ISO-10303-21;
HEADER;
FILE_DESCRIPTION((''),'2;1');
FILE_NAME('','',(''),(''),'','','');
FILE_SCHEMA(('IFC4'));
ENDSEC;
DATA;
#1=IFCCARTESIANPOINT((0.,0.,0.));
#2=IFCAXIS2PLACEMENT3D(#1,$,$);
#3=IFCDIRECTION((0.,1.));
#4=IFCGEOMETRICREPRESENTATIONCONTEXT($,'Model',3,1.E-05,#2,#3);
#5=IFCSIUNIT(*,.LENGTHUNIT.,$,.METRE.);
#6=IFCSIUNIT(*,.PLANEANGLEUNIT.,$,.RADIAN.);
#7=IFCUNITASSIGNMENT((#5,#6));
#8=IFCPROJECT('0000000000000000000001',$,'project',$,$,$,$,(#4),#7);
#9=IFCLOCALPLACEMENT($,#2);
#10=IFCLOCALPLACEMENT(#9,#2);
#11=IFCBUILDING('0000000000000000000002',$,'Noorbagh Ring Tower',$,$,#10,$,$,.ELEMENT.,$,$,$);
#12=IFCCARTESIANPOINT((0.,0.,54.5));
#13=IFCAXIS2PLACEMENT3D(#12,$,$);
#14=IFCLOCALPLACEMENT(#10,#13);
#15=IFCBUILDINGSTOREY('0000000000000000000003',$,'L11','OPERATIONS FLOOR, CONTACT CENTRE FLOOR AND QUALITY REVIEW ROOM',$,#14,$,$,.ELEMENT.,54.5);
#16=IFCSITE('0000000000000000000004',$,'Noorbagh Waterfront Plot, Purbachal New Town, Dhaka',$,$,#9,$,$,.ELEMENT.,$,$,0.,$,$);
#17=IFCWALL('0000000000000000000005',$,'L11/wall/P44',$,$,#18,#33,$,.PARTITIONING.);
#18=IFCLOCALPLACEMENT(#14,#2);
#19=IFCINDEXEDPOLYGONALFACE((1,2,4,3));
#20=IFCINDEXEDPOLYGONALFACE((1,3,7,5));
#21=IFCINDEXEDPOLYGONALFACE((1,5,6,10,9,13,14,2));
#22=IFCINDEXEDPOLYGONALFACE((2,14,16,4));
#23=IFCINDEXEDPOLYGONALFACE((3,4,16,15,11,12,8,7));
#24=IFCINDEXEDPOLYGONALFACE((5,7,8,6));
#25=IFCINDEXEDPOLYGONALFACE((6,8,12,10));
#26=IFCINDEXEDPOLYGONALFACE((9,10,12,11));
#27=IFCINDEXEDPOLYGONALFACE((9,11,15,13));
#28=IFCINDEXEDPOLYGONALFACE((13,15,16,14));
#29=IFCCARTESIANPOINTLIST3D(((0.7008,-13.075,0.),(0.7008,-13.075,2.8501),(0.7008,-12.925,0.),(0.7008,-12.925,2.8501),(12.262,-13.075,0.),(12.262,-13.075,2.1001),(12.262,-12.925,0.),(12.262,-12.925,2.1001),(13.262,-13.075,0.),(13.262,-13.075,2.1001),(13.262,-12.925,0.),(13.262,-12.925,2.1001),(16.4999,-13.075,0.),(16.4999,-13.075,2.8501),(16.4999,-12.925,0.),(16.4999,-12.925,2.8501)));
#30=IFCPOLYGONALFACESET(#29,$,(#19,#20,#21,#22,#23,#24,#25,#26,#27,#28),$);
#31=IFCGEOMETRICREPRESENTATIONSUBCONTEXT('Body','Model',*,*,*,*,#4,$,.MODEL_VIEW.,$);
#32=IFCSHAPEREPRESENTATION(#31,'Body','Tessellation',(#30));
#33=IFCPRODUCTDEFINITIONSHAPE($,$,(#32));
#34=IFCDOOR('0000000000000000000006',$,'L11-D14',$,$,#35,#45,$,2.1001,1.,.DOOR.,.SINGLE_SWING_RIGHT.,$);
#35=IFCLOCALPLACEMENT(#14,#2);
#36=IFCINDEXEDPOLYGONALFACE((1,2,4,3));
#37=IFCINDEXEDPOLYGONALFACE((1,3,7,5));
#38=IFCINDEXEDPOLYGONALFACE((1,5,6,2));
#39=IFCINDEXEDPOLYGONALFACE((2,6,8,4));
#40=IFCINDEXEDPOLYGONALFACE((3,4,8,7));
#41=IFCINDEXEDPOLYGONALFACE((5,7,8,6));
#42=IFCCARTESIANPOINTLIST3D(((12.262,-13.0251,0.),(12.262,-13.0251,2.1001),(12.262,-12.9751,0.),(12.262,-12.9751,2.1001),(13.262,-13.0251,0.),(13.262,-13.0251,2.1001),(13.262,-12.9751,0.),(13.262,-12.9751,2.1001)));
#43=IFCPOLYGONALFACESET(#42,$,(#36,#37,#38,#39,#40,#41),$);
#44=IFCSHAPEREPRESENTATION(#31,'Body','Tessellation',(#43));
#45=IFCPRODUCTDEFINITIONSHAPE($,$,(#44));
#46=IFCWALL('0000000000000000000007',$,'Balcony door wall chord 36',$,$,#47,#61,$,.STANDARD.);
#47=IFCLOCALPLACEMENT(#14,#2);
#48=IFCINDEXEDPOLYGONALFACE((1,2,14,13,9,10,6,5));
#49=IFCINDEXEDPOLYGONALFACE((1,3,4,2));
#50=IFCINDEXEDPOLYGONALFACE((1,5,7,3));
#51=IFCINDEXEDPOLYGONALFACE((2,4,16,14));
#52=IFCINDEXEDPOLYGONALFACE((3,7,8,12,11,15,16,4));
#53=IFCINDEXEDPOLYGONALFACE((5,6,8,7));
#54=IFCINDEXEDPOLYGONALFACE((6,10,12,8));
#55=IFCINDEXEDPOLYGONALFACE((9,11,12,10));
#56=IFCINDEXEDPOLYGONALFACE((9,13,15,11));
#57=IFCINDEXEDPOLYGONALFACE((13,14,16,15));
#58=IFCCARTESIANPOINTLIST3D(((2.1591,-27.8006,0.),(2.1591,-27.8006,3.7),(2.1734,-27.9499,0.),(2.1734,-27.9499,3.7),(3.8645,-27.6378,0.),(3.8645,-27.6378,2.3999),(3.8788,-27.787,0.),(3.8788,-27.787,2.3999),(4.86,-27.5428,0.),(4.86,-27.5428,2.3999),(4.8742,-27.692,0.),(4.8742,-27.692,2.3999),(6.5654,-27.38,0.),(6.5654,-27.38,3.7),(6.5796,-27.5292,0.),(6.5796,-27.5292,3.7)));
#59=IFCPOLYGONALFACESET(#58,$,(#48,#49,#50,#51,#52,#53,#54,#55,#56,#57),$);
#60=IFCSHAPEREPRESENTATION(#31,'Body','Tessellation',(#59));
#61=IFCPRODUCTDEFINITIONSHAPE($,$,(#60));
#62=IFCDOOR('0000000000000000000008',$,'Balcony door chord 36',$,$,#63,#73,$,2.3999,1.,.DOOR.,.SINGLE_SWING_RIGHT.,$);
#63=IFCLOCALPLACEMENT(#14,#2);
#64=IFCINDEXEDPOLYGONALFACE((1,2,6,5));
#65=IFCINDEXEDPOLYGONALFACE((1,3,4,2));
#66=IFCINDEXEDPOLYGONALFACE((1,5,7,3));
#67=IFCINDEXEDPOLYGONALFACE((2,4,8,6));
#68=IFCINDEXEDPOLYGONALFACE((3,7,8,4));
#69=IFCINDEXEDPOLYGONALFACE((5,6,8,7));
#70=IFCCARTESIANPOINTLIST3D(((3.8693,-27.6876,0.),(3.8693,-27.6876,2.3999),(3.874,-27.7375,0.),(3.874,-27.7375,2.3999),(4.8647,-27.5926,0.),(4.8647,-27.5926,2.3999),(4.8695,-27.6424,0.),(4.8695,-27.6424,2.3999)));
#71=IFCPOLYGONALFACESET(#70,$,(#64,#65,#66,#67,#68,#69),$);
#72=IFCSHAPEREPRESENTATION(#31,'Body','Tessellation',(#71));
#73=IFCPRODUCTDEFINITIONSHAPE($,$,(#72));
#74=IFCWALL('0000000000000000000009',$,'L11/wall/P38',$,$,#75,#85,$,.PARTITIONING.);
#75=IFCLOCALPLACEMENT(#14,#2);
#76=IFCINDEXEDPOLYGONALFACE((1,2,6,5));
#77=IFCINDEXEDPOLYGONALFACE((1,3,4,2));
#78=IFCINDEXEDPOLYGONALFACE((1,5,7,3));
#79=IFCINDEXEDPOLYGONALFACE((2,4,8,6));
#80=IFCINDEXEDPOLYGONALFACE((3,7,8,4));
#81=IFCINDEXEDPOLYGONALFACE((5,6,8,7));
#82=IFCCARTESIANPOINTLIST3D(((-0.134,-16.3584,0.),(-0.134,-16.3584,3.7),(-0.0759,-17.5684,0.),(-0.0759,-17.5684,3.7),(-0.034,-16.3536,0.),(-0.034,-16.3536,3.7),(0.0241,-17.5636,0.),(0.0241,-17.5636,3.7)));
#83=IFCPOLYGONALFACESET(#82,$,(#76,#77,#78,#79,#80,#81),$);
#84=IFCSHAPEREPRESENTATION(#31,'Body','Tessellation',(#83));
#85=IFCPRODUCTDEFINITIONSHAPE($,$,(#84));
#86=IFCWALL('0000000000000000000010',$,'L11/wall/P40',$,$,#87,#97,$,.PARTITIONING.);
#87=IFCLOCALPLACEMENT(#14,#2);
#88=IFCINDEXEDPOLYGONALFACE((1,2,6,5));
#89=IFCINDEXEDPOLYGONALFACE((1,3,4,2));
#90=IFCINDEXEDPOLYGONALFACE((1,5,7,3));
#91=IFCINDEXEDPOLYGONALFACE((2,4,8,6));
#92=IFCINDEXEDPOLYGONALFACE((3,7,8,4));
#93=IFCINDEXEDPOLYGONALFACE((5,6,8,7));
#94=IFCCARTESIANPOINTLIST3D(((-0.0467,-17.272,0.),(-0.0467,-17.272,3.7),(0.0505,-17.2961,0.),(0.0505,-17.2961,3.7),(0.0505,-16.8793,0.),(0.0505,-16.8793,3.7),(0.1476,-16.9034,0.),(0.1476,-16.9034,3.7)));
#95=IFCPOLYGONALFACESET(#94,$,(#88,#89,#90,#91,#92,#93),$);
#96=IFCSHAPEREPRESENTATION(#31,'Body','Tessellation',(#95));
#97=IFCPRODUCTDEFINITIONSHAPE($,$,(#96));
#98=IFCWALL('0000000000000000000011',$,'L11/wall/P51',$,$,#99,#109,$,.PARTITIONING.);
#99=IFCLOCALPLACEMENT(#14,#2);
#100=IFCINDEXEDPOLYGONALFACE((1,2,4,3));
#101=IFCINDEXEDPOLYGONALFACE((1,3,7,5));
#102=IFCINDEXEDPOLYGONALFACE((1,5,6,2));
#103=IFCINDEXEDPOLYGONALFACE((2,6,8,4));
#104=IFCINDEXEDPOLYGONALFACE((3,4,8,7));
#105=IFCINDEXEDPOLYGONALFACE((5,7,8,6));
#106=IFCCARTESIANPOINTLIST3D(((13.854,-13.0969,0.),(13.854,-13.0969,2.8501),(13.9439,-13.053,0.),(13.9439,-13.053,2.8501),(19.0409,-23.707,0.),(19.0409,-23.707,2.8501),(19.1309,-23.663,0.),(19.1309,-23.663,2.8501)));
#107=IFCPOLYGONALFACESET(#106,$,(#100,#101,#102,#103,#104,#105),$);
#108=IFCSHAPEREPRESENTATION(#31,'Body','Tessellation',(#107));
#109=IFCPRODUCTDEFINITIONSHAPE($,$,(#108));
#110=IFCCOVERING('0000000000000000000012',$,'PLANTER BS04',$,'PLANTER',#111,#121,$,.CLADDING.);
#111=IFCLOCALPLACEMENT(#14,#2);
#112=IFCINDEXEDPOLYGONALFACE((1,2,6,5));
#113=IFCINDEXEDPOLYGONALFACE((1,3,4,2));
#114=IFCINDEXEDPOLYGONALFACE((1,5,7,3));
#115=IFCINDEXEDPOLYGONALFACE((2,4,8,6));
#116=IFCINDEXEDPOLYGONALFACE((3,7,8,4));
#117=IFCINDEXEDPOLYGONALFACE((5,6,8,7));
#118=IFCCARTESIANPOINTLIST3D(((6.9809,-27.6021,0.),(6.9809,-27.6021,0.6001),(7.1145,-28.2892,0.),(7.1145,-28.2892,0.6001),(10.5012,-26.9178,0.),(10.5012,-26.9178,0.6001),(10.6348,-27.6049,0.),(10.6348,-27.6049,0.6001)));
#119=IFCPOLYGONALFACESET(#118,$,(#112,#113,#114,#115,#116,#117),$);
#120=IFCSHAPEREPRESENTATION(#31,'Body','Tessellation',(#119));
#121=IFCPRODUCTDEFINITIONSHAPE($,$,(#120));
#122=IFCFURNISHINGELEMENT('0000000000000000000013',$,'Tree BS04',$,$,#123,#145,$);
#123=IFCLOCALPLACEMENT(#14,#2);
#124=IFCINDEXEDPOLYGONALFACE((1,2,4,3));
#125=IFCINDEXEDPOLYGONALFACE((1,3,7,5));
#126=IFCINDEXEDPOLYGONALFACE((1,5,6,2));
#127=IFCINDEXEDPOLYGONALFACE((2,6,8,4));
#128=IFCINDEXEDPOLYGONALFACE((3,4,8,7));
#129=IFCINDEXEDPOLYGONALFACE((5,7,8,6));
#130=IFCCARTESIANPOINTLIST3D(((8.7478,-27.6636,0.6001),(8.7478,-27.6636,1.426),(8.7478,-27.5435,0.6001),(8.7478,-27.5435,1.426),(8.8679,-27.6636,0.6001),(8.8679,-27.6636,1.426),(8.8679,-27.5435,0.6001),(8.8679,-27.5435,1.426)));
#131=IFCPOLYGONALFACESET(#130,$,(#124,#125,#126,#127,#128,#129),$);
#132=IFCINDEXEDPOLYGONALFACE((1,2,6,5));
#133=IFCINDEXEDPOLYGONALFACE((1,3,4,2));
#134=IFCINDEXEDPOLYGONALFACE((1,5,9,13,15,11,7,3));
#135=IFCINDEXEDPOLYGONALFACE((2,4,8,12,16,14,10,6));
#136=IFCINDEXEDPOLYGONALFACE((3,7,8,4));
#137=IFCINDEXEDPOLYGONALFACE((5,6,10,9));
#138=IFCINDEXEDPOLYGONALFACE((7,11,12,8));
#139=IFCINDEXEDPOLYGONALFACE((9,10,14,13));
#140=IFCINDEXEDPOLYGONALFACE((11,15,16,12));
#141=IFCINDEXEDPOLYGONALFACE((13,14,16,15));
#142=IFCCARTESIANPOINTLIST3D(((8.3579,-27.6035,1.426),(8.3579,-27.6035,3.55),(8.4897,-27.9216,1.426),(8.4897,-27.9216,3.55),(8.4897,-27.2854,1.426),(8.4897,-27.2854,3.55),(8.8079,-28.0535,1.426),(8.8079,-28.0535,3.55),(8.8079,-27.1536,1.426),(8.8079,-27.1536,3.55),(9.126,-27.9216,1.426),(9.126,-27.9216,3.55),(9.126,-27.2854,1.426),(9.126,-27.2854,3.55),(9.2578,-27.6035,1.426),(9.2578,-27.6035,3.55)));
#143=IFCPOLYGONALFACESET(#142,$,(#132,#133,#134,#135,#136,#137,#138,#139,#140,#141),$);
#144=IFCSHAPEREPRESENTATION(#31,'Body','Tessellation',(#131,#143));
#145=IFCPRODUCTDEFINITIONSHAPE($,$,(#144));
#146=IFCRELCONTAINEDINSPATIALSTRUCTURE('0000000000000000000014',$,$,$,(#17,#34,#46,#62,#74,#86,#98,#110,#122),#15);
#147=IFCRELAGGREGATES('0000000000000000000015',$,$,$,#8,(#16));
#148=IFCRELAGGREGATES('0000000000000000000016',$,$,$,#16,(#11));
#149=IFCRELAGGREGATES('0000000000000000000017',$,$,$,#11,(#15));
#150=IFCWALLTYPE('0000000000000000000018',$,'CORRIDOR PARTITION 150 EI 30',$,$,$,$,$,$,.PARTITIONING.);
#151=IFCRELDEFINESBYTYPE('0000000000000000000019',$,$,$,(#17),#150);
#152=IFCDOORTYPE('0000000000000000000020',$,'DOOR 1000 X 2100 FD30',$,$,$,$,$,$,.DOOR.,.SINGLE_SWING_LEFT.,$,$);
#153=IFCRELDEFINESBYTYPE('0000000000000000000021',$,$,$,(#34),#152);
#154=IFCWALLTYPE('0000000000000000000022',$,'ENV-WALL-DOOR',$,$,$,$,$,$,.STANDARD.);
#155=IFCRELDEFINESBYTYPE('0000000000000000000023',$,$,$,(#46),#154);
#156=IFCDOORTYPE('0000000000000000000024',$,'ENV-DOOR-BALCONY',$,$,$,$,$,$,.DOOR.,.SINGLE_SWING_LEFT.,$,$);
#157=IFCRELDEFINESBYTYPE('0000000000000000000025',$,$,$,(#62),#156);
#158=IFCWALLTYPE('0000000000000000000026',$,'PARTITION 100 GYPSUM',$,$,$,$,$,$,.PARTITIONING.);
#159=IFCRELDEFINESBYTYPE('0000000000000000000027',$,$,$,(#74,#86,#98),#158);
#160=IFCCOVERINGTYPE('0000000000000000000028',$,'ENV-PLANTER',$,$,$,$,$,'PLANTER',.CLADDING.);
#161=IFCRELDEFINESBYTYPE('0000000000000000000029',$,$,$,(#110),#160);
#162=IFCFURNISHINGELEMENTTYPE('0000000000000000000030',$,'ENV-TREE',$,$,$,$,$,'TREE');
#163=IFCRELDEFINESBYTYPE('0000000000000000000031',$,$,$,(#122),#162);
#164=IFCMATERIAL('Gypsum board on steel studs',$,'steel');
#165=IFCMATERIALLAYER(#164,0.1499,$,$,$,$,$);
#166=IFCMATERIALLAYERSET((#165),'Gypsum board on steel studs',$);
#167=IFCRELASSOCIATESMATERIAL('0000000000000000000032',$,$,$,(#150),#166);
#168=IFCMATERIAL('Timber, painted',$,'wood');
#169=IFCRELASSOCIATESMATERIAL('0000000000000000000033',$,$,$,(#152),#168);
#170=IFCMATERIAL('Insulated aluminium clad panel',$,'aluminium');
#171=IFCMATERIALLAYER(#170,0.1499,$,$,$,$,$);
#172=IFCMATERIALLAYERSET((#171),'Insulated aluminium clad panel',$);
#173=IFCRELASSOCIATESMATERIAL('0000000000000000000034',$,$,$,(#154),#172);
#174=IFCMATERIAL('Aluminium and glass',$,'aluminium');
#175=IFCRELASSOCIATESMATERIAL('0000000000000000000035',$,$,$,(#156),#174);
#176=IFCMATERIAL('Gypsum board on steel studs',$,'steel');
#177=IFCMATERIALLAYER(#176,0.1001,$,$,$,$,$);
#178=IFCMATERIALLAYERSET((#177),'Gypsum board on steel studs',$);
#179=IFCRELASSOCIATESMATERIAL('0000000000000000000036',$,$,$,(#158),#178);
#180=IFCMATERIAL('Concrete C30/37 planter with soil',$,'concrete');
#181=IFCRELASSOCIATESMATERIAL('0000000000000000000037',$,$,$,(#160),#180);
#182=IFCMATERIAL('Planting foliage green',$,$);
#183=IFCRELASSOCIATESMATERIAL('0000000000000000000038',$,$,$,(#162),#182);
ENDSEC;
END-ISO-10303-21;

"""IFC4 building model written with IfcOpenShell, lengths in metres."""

from ifc_helpers import new_model, si_unit, direction, frame, frame_2d, origin, origin_2d, place, context, subcontext, project, spatial, polyline, rectangle, outline, extrude, material, layer, layer_set, type_object, element, fill, save


model = new_model("IFC4")

# Units and contexts
model_context = context("Model", 3, precision=1e-05, world=origin(), true_north=direction((0.0, 1.0)))
body_context = subcontext(model_context, "Body", "Model", "MODEL_VIEW")
ifc_project = project(units=[si_unit("LENGTHUNIT", "METRE"), si_unit("PLANEANGLEUNIT", "RADIAN")], contexts=[model_context])

# Site, building, storey
site_placement = place(None, origin())
site = spatial("IfcSite", under=ifc_project, at=site_placement, Name="Noorbagh Waterfront Plot, Purbachal New Town, Dhaka", CompositionType="ELEMENT", RefElevation=0.0)
building_placement = place(site_placement, origin())
building = spatial("IfcBuilding", under=site, at=building_placement, Name="Noorbagh Ring Tower", CompositionType="ELEMENT")
storey_placement = place(building_placement, frame((0.0, 0.0, 54.5)))
storey = spatial("IfcBuildingStorey", under=building, at=storey_placement, Name="L11", Description="OPERATIONS FLOOR, CONTACT CENTRE FLOOR AND QUALITY REVIEW ROOM", CompositionType="ELEMENT", Elevation=54.5)

# Walls, openings, doors
ifc_material_1 = material(Name="Gypsum board on steel studs", Category="steel")
ifc_layer_1 = layer(ifc_material_1, 0.1499)
ifc_layer_set_1 = layer_set([ifc_layer_1], Name="Gypsum board on steel studs")
wall_type_1 = type_object("IfcWallType", Name="CORRIDOR PARTITION 150 EI 30", PredefinedType="PARTITIONING", material=ifc_layer_set_1)
wall_1_placement = place(storey_placement, frame((0.7009, -13.0, 0.0), z_axis=(0.0, 0.0, 1.0), x_axis=(1.0, 0.0, 0.0)))
wall_1 = element("IfcWall", 1, at=wall_1_placement, inside=storey, type_object=wall_type_1, Name="L11/wall/P44", PredefinedType="PARTITIONING", context=body_context, shape_type="SweptSolid", body=[
    extrude(rectangle(XDim=15.7991, YDim=0.1499, at=frame_2d((7.8994, 0.0))), origin(), (0.0, 0.0, 1.0), 2.8501),
])
opening_1_placement = place(wall_1_placement, frame((11.561, 0.0, 0.0)))
opening_1 = element("IfcOpeningElement", 2, at=opening_1_placement, cuts=wall_1, PredefinedType="OPENING", context=body_context, shape_type="SweptSolid", body=[
    extrude(rectangle(XDim=1.0, YDim=2.1001, at=frame_2d((0.5, 1.05))), frame((0.0, 0.085, 0.0), z_axis=(0.0, -1.0, 0.0), x_axis=(1.0, 0.0, 0.0)), (0.0, 0.0, 1.0), 0.1699),
])
ifc_material_2 = material(Name="Timber, painted", Category="wood")
door_type_1 = type_object("IfcDoorType", Name="DOOR 1000 X 2100 FD30", OperationType="SINGLE_SWING_LEFT", PredefinedType="DOOR", material=ifc_material_2)
door_1_placement = place(opening_1_placement, origin())
door_1 = element("IfcDoor", 3, at=door_1_placement, inside=storey, type_object=door_type_1, Name="L11-D14", OperationType="SINGLE_SWING_RIGHT", OverallHeight=2.1001, OverallWidth=1.0, PredefinedType="DOOR", context=body_context, shape_type="SweptSolid", body=[
    extrude(rectangle(XDim=1.0, YDim=2.1001, at=frame_2d((0.5, 1.05))), frame((0.0, 0.0249, 0.0), z_axis=(0.0, -1.0, 0.0), x_axis=(1.0, 0.0, 0.0)), (0.0, 0.0, 1.0), 0.05),
])
fill(opening_1, door_1)
ifc_material_3 = material(Name="Insulated aluminium clad panel", Category="aluminium")
ifc_layer_2 = layer(ifc_material_3, 0.1499)
ifc_layer_set_2 = layer_set([ifc_layer_2], Name="Insulated aluminium clad panel")
wall_type_2 = type_object("IfcWallType", Name="ENV-WALL-DOOR", PredefinedType="STANDARD", material=ifc_layer_set_2)
wall_2_placement = place(storey_placement, frame((2.1663, -27.8752, 0.0), z_axis=(0.0, 0.0, 1.0), x_axis=(0.995474, 0.095036, 0.0)))
wall_2 = element("IfcWall", 4, at=wall_2_placement, inside=storey, type_object=wall_type_2, Name="Balcony door wall chord 36", PredefinedType="STANDARD", context=body_context, shape_type="SweptSolid", body=[
    extrude(rectangle(XDim=4.4263, YDim=0.1499, at=frame_2d((2.2131, 0.0))), origin(), (0.0, 0.0, 1.0), 3.7),
])
opening_2_placement = place(wall_2_placement, frame((1.7131, 0.0, 0.0)))
opening_2 = element("IfcOpeningElement", 5, at=opening_2_placement, cuts=wall_2, PredefinedType="OPENING", context=body_context, shape_type="SweptSolid", body=[
    extrude(rectangle(XDim=1.0, YDim=2.3999, at=frame_2d((0.5, 1.2))), frame((0.0, 0.085, 0.0), z_axis=(0.0, -1.0, 0.0), x_axis=(1.0, 0.0, 0.0)), (0.0, 0.0, 1.0), 0.1699),
])
ifc_material_4 = material(Name="Aluminium and glass", Category="aluminium")
door_type_2 = type_object("IfcDoorType", Name="ENV-DOOR-BALCONY", OperationType="SINGLE_SWING_LEFT", PredefinedType="DOOR", material=ifc_material_4)
door_2_placement = place(opening_2_placement, origin())
door_2 = element("IfcDoor", 6, at=door_2_placement, inside=storey, type_object=door_type_2, Name="Balcony door chord 36", OperationType="SINGLE_SWING_RIGHT", OverallHeight=2.3999, OverallWidth=1.0, PredefinedType="DOOR", context=body_context, shape_type="SweptSolid", body=[
    extrude(rectangle(XDim=1.0, YDim=2.3999, at=frame_2d((0.5, 1.2))), frame((0.0, 0.0249, 0.0), z_axis=(0.0, -1.0, 0.0), x_axis=(1.0, 0.0, 0.0)), (0.0, 0.0, 1.0), 0.05),
])
fill(opening_2, door_2)

# Walls
ifc_material_5 = material(Name="Gypsum board on steel studs", Category="steel")
ifc_layer_3 = layer(ifc_material_5, 0.1001)
ifc_layer_set_3 = layer_set([ifc_layer_3], Name="Gypsum board on steel studs")
wall_type_3 = type_object("IfcWallType", Name="PARTITION 100 GYPSUM", PredefinedType="PARTITIONING", material=ifc_layer_set_3)
wall_3_placement = place(storey_placement, frame((-0.084, -16.356, 0.0), z_axis=(0.0, 0.0, 1.0), x_axis=(0.047967, -0.998849, 0.0)))
element("IfcWall", 7, at=wall_3_placement, inside=storey, type_object=wall_type_3, Name="L11/wall/P38", PredefinedType="PARTITIONING", context=body_context, shape_type="SweptSolid", body=[
    extrude(rectangle(XDim=1.2114, YDim=0.1001, at=frame_2d((0.6057, 0.0))), origin(), (0.0, 0.0, 1.0), 3.7),
])
wall_4_placement = place(storey_placement, frame((0.002, -17.2839, 0.0), z_axis=(0.0, 0.0, 1.0), x_axis=(0.240122, 0.970743, 0.0)))
element("IfcWall", 8, at=wall_4_placement, inside=storey, type_object=wall_type_3, Name="L11/wall/P40", PredefinedType="PARTITIONING", context=body_context, shape_type="SweptSolid", body=[
    extrude(rectangle(XDim=0.4045, YDim=0.1001, at=frame_2d((0.2021, 0.0))), origin(), (0.0, 0.0, 1.0), 3.7),
])
wall_5_placement = place(storey_placement, frame((13.8989, -13.075, 0.0), z_axis=(0.0, 0.0, 1.0), x_axis=(0.4392, -0.898389, 0.0)))
element("IfcWall", 9, at=wall_5_placement, inside=storey, type_object=wall_type_3, Name="L11/wall/P51", PredefinedType="PARTITIONING", context=body_context, shape_type="SweptSolid", body=[
    extrude(rectangle(XDim=11.8101, YDim=0.1001, at=frame_2d((5.905, 0.0))), origin(), (0.0, 0.0, 1.0), 2.8501),
])

# Covering
ifc_material_6 = material(Name="Concrete C30/37 planter with soil", Category="concrete")
covering_type = type_object("IfcCoveringType", Name="ENV-PLANTER", ElementType="PLANTER", PredefinedType="CLADDING", material=ifc_material_6)
covering_placement = place(storey_placement, frame((8.8079, -27.6035, 0.0), z_axis=(0.0, 0.0, 1.0), x_axis=(0.981625, 0.19082, 0.0)))
element("IfcCovering", 10, at=covering_placement, inside=storey, type_object=covering_type, Name="PLANTER BS04", ObjectType="PLANTER", PredefinedType="CLADDING", context=body_context, shape_type="SweptSolid", body=[
    extrude(rectangle(XDim=3.5862, YDim=0.7, at=origin_2d()), origin(), (0.0, 0.0, 1.0), 0.6001),
])

# Furnishing element
ifc_material_7 = material(Name="Planting foliage green")
furnishing_element_type = type_object("IfcFurnishingElementType", Name="ENV-TREE", ElementType="TREE", material=ifc_material_7)
furnishing_placement = place(storey_placement, frame((8.8079, -27.6035, 0.6001), z_axis=(0.0, 0.0, 1.0), x_axis=(1.0, 0.0, 0.0)))
element("IfcFurnishingElement", 11, at=furnishing_placement, inside=storey, type_object=furnishing_element_type, Name="Tree BS04", context=body_context, shape_type="SweptSolid", body=[
    extrude(rectangle(XDim=0.1201, YDim=0.1201, at=origin_2d()), origin(), (0.0, 0.0, 1.0), 0.8259),
    extrude(outline(polyline([(0.45, 0.0), (0.3181, 0.3181), (0.0, 0.45), (-0.3181, 0.3181), (-0.45, 0.0), (-0.3181, -0.3181), (0.0, -0.45), (0.3181, -0.3181), (0.45, 0.0)])), frame((0.0, 0.0, 0.8259)), (0.0, 0.0, 1.0), 2.124),
])

save(model, "model.ifc")
